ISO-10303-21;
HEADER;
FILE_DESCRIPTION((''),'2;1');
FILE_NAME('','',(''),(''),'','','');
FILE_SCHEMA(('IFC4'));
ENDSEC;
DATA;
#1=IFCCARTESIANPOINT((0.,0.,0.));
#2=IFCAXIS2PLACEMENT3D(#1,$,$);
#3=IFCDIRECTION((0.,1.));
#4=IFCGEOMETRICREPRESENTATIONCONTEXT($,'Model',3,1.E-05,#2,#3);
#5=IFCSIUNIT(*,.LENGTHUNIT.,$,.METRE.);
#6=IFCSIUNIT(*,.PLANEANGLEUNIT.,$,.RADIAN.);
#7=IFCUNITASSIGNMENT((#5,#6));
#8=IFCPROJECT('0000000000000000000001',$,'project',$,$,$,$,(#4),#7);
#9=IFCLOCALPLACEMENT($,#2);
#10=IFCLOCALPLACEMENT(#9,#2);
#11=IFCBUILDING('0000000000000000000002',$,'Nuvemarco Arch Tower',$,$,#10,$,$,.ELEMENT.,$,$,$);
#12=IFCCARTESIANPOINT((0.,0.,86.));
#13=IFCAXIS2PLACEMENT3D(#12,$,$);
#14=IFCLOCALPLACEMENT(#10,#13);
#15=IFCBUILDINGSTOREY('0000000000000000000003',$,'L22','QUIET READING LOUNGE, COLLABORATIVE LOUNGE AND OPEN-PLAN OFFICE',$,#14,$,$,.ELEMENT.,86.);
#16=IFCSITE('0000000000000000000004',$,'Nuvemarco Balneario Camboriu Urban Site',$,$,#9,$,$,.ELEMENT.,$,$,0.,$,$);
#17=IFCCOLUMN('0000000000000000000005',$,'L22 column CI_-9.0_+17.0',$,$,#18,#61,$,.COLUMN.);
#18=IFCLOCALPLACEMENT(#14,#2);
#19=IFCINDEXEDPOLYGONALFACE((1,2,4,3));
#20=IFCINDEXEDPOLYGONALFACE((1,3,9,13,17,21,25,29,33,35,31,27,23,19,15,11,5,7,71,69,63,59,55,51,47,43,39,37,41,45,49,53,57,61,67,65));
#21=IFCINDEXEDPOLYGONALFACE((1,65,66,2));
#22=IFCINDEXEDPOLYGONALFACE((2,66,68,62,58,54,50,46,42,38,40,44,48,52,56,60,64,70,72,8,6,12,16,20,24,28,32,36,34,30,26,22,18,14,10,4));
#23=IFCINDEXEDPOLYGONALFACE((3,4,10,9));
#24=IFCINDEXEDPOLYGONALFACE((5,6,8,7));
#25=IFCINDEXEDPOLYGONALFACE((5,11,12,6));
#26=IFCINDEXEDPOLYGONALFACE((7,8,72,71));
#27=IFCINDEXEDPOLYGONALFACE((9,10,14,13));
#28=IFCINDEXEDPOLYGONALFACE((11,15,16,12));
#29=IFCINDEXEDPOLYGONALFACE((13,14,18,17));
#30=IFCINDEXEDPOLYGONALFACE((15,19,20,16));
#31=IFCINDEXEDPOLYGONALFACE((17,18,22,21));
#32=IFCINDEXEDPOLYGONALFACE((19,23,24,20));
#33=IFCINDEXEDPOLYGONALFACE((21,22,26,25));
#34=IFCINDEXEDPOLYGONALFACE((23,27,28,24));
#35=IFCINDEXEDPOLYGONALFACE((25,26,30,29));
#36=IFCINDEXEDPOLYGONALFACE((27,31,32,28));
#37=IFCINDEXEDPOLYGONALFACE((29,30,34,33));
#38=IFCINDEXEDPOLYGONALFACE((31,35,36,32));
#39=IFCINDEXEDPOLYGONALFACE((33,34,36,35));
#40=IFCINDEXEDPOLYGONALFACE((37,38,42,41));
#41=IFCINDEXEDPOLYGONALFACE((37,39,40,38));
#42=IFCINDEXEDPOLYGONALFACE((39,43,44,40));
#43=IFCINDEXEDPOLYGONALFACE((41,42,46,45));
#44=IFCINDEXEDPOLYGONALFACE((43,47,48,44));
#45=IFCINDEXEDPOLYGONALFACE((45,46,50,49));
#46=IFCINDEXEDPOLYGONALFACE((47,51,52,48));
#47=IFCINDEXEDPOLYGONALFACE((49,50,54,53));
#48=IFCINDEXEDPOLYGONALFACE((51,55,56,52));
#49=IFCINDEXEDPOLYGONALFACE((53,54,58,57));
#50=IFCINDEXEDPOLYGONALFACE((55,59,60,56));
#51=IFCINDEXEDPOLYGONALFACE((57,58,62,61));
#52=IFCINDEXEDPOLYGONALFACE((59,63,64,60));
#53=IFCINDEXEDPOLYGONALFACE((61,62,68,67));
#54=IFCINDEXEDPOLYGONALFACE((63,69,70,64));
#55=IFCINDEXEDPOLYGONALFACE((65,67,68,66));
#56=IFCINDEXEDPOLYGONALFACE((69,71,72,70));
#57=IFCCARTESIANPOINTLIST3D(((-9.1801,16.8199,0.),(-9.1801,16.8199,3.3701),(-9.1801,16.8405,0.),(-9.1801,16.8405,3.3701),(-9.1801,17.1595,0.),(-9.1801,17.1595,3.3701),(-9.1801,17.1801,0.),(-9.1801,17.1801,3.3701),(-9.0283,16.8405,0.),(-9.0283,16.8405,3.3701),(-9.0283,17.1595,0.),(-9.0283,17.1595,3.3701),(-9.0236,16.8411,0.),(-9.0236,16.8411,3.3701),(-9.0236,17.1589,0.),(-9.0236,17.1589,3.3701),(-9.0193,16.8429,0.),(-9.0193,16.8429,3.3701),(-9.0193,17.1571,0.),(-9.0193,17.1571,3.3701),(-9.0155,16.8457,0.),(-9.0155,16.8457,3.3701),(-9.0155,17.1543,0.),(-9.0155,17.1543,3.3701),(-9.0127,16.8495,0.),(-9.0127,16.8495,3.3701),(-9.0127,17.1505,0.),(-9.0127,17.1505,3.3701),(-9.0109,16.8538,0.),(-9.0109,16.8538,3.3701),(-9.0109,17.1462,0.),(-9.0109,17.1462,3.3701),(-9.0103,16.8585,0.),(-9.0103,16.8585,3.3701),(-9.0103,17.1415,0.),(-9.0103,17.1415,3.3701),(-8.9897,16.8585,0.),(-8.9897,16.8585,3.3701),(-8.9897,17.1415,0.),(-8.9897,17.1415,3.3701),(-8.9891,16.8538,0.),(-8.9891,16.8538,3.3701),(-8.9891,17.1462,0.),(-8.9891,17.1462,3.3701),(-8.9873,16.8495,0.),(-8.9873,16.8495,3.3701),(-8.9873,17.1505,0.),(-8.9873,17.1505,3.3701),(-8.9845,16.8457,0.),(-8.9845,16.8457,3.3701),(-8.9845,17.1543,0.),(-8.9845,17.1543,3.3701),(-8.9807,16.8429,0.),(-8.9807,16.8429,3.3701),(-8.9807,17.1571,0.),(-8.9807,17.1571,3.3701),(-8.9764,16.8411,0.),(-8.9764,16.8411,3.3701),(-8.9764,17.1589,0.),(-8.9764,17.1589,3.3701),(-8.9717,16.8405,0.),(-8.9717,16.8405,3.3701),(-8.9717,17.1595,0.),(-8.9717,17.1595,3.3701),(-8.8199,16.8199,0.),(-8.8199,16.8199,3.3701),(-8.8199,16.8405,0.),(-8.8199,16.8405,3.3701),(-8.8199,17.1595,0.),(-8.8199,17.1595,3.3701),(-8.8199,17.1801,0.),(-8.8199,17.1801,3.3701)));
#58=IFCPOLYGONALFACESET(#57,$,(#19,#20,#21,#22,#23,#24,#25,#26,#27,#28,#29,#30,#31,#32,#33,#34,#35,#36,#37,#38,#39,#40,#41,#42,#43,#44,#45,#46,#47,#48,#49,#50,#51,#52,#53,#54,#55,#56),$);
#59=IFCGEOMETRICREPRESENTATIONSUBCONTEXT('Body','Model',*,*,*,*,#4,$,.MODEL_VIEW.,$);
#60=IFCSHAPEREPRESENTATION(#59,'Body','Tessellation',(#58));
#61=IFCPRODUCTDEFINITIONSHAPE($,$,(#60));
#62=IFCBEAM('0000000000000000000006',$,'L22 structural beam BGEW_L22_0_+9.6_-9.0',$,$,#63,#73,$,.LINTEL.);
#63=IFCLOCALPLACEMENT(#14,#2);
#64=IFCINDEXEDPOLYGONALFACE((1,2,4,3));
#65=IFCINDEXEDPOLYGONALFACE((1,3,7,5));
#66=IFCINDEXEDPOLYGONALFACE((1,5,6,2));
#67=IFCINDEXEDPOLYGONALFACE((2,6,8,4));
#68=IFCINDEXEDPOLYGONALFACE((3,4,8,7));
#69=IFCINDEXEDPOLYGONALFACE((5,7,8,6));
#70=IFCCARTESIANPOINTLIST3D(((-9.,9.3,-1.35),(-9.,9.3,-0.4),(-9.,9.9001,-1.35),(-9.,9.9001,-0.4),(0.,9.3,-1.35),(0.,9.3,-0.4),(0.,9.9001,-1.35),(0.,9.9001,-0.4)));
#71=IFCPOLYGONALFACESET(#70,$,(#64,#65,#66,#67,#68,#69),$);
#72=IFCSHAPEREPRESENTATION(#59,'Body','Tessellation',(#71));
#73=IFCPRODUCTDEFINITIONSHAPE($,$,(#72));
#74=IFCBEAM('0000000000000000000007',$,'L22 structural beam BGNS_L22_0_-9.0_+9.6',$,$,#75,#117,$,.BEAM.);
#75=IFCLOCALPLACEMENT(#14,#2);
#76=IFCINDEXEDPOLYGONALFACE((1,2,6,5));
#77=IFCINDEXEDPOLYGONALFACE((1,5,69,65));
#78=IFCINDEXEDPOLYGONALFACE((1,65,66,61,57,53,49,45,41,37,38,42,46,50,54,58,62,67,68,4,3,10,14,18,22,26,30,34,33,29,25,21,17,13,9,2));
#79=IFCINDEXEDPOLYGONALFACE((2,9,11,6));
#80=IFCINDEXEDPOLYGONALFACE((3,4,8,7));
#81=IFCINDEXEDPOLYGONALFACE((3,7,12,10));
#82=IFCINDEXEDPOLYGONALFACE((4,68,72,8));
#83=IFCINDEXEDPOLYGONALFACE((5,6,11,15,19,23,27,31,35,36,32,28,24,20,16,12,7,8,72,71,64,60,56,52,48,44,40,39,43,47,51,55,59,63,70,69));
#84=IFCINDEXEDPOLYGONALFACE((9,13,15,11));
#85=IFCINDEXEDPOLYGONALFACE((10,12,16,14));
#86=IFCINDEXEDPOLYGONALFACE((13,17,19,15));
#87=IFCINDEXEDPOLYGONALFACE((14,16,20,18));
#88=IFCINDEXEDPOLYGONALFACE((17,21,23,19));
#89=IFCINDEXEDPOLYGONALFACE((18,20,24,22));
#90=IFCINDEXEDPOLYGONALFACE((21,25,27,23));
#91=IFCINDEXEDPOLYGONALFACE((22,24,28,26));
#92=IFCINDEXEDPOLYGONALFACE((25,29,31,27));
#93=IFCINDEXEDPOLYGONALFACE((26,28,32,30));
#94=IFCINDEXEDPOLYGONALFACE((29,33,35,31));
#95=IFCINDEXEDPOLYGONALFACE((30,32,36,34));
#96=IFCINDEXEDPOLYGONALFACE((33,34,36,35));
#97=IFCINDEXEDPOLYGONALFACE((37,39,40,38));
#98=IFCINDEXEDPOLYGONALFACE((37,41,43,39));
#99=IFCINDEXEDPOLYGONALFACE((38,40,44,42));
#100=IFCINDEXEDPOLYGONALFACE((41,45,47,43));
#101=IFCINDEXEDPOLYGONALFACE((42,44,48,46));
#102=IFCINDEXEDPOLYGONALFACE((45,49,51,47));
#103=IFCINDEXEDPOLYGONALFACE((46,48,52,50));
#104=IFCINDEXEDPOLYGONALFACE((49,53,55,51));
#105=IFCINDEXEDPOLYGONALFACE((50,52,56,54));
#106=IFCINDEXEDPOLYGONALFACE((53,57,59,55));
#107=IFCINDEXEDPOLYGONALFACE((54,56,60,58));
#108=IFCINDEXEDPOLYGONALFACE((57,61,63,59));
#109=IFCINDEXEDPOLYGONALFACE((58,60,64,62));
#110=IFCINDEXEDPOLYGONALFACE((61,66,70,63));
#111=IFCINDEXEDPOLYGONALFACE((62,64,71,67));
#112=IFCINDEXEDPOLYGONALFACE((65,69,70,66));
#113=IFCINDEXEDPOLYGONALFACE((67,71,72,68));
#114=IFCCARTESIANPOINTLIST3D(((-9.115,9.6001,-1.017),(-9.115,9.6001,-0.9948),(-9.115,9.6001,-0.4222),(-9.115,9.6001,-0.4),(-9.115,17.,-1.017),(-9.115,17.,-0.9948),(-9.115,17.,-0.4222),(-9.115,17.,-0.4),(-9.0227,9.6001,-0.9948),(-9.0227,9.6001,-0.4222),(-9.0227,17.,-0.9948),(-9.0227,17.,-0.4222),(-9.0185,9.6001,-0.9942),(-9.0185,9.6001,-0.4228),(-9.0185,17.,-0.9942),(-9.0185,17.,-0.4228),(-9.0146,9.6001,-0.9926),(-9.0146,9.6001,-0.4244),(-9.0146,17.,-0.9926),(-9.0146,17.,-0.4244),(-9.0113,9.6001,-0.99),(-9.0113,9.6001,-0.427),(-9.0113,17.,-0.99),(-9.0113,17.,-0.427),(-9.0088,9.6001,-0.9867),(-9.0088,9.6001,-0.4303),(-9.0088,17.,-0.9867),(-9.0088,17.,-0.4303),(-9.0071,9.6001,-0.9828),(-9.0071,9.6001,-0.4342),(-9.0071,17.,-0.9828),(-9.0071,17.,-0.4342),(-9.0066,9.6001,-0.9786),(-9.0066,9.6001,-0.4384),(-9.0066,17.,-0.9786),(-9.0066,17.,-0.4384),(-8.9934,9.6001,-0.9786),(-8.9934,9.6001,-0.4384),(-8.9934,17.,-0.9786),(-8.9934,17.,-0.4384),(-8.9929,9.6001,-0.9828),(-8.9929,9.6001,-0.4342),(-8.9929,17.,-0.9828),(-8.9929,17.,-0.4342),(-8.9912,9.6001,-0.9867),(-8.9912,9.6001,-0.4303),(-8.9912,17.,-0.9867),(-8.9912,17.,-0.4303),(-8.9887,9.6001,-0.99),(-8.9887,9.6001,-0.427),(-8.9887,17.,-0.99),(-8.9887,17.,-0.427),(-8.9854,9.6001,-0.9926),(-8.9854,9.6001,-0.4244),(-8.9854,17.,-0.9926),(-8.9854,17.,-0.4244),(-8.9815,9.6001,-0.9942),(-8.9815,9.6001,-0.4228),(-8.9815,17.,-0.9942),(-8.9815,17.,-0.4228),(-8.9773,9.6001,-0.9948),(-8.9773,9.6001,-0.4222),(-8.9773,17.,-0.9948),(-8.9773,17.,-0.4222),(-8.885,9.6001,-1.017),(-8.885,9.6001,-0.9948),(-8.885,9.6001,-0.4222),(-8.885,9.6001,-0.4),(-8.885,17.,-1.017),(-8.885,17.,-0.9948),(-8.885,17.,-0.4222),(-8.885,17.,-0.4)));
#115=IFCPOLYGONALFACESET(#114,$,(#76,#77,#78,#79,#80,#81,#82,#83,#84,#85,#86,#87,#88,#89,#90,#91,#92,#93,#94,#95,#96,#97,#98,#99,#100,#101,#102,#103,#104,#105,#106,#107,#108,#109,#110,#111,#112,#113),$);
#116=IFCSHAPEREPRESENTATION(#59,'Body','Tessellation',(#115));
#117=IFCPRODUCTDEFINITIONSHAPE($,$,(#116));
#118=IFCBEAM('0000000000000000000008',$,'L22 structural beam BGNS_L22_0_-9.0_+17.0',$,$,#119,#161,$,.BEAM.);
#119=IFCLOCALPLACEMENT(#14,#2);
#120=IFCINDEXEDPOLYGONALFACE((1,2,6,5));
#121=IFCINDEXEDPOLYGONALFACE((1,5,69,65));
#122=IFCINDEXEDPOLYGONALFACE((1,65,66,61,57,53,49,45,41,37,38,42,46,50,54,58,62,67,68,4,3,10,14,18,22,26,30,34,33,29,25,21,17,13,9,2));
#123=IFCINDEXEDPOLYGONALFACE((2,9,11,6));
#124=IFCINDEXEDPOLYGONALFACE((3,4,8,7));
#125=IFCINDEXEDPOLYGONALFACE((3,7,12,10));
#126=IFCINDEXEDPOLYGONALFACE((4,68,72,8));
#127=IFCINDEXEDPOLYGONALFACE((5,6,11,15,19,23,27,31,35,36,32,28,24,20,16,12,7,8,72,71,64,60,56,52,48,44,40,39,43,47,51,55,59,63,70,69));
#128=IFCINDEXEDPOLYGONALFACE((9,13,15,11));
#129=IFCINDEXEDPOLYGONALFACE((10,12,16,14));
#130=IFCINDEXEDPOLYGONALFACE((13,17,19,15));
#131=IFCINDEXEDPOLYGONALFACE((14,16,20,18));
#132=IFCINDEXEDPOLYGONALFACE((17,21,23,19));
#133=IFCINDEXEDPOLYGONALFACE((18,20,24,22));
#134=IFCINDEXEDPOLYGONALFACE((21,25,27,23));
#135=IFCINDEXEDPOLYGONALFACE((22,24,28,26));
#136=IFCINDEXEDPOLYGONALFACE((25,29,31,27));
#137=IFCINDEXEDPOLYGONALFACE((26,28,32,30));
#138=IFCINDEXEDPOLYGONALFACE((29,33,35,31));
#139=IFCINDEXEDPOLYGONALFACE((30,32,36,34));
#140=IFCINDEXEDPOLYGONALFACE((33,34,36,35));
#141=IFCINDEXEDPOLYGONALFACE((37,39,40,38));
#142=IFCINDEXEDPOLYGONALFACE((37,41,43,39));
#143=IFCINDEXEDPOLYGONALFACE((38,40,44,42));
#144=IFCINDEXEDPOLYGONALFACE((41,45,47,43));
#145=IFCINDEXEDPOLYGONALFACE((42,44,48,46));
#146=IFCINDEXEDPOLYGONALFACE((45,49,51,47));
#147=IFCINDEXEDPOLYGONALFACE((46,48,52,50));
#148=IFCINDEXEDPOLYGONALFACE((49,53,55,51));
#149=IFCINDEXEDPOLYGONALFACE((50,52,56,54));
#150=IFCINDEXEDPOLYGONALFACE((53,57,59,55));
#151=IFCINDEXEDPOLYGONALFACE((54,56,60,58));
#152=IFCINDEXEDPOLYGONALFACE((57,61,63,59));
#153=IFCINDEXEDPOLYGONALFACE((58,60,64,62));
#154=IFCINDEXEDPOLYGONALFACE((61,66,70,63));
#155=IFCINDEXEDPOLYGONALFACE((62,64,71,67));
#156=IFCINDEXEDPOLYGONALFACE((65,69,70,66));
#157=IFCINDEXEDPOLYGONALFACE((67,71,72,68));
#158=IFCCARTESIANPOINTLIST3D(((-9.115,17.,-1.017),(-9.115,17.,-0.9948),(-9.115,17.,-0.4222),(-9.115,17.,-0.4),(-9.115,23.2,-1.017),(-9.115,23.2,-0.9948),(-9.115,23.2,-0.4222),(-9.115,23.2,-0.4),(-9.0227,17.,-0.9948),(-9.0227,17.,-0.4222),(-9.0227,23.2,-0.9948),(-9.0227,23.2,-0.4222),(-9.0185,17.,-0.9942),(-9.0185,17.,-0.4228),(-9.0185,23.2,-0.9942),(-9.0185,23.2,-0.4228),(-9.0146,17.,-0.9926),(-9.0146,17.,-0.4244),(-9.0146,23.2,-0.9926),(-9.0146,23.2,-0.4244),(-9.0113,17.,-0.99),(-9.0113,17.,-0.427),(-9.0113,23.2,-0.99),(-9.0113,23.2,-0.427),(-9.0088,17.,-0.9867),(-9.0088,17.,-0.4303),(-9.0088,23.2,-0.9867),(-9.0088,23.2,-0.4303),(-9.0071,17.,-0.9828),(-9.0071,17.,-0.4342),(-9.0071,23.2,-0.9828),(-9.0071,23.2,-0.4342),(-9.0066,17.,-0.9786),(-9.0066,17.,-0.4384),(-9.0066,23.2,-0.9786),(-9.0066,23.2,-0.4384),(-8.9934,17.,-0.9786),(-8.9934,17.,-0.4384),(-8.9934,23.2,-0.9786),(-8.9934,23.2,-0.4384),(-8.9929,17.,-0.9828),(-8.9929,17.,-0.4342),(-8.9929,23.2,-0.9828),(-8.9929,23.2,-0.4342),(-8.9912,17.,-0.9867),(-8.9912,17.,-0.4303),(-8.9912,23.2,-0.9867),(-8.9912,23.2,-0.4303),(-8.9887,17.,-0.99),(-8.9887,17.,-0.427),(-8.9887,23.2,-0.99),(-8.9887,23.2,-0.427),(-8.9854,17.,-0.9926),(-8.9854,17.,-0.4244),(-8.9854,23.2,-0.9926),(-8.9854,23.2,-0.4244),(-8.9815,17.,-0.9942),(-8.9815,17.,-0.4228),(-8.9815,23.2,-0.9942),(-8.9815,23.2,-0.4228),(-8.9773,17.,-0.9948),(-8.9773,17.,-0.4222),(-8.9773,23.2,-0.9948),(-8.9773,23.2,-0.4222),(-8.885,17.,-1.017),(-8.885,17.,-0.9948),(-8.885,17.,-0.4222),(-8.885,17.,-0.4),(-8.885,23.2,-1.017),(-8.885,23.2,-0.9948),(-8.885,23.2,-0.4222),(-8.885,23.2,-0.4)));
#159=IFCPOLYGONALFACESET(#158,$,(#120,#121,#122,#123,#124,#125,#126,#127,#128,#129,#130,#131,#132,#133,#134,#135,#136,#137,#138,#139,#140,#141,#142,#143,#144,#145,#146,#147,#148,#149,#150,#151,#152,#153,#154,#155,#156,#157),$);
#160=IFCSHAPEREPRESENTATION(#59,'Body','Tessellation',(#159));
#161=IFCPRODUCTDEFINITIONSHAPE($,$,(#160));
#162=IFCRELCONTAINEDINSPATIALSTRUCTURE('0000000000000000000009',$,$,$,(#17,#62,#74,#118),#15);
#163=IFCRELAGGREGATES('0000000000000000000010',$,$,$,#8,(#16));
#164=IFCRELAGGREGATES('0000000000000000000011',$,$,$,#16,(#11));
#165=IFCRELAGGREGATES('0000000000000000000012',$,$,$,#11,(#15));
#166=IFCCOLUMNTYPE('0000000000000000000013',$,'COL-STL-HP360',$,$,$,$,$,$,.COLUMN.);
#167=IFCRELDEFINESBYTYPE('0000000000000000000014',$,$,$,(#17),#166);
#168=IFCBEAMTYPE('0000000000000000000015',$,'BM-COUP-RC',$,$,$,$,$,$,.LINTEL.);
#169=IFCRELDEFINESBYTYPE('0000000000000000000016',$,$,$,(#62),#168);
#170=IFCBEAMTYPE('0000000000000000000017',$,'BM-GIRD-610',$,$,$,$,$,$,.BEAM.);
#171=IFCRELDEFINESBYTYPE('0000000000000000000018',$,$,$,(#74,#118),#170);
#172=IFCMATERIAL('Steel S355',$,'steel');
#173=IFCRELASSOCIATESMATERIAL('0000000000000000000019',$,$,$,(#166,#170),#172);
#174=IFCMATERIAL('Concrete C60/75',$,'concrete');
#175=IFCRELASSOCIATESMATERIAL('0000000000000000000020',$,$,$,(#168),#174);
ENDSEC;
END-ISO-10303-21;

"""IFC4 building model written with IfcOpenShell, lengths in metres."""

from ifc_helpers import new_model, si_unit, direction, frame, origin, origin_2d, place, context, subcontext, project, spatial, rectangle, i_section, extrude, material, material_profile, profile_set, type_object, element, save


model = new_model("IFC4")

# Units and contexts
model_context = context("Model", 3, precision=1e-05, world=origin(), true_north=direction((0.0, 1.0)))
body_context = subcontext(model_context, "Body", "Model", "MODEL_VIEW")
ifc_project = project(units=[si_unit("LENGTHUNIT", "METRE"), si_unit("PLANEANGLEUNIT", "RADIAN")], contexts=[model_context])

# Site, building, storey
site_placement = place(None, origin())
site = spatial("IfcSite", under=ifc_project, at=site_placement, Name="Nuvemarco Balneario Camboriu Urban Site", CompositionType="ELEMENT", RefElevation=0.0)
building_placement = place(site_placement, origin())
building = spatial("IfcBuilding", under=site, at=building_placement, Name="Nuvemarco Arch Tower", CompositionType="ELEMENT")
storey_placement = place(building_placement, frame((0.0, 0.0, 86.0)))
storey = spatial("IfcBuildingStorey", under=building, at=storey_placement, Name="L22", Description="QUIET READING LOUNGE, COLLABORATIVE LOUNGE AND OPEN-PLAN OFFICE", CompositionType="ELEMENT", Elevation=86.0)

# Column
ifc_material_1 = material(Name="Concrete C60/75", Category="concrete")
ifc_material_2 = material(Name="Steel S355", Category="steel")
ifc_material_profile_1 = material_profile(ifc_material_2, i_section(OverallWidth=0.3601, OverallDepth=0.3601, WebThickness=0.0205, FlangeThickness=0.0205, FilletRadius=0.0181, at=origin_2d()), Name="HP360x174")
ifc_profile_set_1 = profile_set([ifc_material_profile_1], Name="Steel S355")
column_type_1 = type_object("IfcColumnType", Name="COL-STL-HP360", PredefinedType="COLUMN", material=ifc_profile_set_1)
column_1_placement = place(storey_placement, frame((-9.0, 17.0, 0.0), z_axis=(0.0, 0.0, 1.0), x_axis=(1.0, 0.0, 0.0)))
element("IfcColumn", 1, at=column_1_placement, inside=storey, type_object=column_type_1, Name="L22 column CI_-9.0_+17.0", PredefinedType="COLUMN", context=body_context, shape_type="SweptSolid", body=[
    extrude(i_section(OverallWidth=0.3601, OverallDepth=0.3601, WebThickness=0.0205, FlangeThickness=0.0205, FilletRadius=0.0181, at=origin_2d()), origin(), (0.0, 0.0, 1.0), 3.3701),
])

# Beams
ifc_material_profile_2 = material_profile(ifc_material_1, rectangle(XDim=0.6001, YDim=0.95, at=origin_2d()), Name="RC-BM-600x950")
ifc_profile_set_2 = profile_set([ifc_material_profile_2], Name="Concrete C60/75")
beam_type_1 = type_object("IfcBeamType", Name="BM-COUP-RC", PredefinedType="LINTEL", material=ifc_profile_set_2)
beam_1_placement = place(storey_placement, frame((-9.0, 9.6001, -0.875), z_axis=(1.0, 0.0, 0.0), x_axis=(0.0, 1.0, 0.0)))
element("IfcBeam", 2, at=beam_1_placement, inside=storey, type_object=beam_type_1, Name="L22 structural beam BGEW_L22_0_+9.6_-9.0", PredefinedType="LINTEL", context=body_context, shape_type="SweptSolid", body=[
    extrude(rectangle(XDim=0.6001, YDim=0.95, at=origin_2d()), origin(), (0.0, 0.0, 1.0), 9.0),
])
ifc_material_profile_3 = material_profile(ifc_material_2, i_section(OverallWidth=0.23, OverallDepth=0.6169, WebThickness=0.0132, FlangeThickness=0.0222, FilletRadius=0.0161, at=origin_2d()), Name="W610x140")
ifc_profile_set_3 = profile_set([ifc_material_profile_3], Name="Steel S355")
beam_type_2 = type_object("IfcBeamType", Name="BM-GIRD-610", PredefinedType="BEAM", material=ifc_profile_set_3)
beam_2_placement = place(storey_placement, frame((-9.0, 9.6001, -0.7085), z_axis=(0.0, 1.0, 0.0), x_axis=(-1.0, 0.0, 0.0)))
element("IfcBeam", 3, at=beam_2_placement, inside=storey, type_object=beam_type_2, Name="L22 structural beam BGNS_L22_0_-9.0_+9.6", PredefinedType="BEAM", context=body_context, shape_type="SweptSolid", body=[
    extrude(i_section(OverallWidth=0.23, OverallDepth=0.6169, WebThickness=0.0132, FlangeThickness=0.0222, FilletRadius=0.0161, at=origin_2d()), origin(), (0.0, 0.0, 1.0), 7.3999),
])
beam_3_placement = place(storey_placement, frame((-9.0, 17.0, -0.7085), z_axis=(0.0, 1.0, 0.0), x_axis=(-1.0, 0.0, 0.0)))
element("IfcBeam", 4, at=beam_3_placement, inside=storey, type_object=beam_type_2, Name="L22 structural beam BGNS_L22_0_-9.0_+17.0", PredefinedType="BEAM", context=body_context, shape_type="SweptSolid", body=[
    extrude(i_section(OverallWidth=0.23, OverallDepth=0.6169, WebThickness=0.0132, FlangeThickness=0.0222, FilletRadius=0.0161, at=origin_2d()), origin(), (0.0, 0.0, 1.0), 6.2),
])

save(model, "model.ifc")
